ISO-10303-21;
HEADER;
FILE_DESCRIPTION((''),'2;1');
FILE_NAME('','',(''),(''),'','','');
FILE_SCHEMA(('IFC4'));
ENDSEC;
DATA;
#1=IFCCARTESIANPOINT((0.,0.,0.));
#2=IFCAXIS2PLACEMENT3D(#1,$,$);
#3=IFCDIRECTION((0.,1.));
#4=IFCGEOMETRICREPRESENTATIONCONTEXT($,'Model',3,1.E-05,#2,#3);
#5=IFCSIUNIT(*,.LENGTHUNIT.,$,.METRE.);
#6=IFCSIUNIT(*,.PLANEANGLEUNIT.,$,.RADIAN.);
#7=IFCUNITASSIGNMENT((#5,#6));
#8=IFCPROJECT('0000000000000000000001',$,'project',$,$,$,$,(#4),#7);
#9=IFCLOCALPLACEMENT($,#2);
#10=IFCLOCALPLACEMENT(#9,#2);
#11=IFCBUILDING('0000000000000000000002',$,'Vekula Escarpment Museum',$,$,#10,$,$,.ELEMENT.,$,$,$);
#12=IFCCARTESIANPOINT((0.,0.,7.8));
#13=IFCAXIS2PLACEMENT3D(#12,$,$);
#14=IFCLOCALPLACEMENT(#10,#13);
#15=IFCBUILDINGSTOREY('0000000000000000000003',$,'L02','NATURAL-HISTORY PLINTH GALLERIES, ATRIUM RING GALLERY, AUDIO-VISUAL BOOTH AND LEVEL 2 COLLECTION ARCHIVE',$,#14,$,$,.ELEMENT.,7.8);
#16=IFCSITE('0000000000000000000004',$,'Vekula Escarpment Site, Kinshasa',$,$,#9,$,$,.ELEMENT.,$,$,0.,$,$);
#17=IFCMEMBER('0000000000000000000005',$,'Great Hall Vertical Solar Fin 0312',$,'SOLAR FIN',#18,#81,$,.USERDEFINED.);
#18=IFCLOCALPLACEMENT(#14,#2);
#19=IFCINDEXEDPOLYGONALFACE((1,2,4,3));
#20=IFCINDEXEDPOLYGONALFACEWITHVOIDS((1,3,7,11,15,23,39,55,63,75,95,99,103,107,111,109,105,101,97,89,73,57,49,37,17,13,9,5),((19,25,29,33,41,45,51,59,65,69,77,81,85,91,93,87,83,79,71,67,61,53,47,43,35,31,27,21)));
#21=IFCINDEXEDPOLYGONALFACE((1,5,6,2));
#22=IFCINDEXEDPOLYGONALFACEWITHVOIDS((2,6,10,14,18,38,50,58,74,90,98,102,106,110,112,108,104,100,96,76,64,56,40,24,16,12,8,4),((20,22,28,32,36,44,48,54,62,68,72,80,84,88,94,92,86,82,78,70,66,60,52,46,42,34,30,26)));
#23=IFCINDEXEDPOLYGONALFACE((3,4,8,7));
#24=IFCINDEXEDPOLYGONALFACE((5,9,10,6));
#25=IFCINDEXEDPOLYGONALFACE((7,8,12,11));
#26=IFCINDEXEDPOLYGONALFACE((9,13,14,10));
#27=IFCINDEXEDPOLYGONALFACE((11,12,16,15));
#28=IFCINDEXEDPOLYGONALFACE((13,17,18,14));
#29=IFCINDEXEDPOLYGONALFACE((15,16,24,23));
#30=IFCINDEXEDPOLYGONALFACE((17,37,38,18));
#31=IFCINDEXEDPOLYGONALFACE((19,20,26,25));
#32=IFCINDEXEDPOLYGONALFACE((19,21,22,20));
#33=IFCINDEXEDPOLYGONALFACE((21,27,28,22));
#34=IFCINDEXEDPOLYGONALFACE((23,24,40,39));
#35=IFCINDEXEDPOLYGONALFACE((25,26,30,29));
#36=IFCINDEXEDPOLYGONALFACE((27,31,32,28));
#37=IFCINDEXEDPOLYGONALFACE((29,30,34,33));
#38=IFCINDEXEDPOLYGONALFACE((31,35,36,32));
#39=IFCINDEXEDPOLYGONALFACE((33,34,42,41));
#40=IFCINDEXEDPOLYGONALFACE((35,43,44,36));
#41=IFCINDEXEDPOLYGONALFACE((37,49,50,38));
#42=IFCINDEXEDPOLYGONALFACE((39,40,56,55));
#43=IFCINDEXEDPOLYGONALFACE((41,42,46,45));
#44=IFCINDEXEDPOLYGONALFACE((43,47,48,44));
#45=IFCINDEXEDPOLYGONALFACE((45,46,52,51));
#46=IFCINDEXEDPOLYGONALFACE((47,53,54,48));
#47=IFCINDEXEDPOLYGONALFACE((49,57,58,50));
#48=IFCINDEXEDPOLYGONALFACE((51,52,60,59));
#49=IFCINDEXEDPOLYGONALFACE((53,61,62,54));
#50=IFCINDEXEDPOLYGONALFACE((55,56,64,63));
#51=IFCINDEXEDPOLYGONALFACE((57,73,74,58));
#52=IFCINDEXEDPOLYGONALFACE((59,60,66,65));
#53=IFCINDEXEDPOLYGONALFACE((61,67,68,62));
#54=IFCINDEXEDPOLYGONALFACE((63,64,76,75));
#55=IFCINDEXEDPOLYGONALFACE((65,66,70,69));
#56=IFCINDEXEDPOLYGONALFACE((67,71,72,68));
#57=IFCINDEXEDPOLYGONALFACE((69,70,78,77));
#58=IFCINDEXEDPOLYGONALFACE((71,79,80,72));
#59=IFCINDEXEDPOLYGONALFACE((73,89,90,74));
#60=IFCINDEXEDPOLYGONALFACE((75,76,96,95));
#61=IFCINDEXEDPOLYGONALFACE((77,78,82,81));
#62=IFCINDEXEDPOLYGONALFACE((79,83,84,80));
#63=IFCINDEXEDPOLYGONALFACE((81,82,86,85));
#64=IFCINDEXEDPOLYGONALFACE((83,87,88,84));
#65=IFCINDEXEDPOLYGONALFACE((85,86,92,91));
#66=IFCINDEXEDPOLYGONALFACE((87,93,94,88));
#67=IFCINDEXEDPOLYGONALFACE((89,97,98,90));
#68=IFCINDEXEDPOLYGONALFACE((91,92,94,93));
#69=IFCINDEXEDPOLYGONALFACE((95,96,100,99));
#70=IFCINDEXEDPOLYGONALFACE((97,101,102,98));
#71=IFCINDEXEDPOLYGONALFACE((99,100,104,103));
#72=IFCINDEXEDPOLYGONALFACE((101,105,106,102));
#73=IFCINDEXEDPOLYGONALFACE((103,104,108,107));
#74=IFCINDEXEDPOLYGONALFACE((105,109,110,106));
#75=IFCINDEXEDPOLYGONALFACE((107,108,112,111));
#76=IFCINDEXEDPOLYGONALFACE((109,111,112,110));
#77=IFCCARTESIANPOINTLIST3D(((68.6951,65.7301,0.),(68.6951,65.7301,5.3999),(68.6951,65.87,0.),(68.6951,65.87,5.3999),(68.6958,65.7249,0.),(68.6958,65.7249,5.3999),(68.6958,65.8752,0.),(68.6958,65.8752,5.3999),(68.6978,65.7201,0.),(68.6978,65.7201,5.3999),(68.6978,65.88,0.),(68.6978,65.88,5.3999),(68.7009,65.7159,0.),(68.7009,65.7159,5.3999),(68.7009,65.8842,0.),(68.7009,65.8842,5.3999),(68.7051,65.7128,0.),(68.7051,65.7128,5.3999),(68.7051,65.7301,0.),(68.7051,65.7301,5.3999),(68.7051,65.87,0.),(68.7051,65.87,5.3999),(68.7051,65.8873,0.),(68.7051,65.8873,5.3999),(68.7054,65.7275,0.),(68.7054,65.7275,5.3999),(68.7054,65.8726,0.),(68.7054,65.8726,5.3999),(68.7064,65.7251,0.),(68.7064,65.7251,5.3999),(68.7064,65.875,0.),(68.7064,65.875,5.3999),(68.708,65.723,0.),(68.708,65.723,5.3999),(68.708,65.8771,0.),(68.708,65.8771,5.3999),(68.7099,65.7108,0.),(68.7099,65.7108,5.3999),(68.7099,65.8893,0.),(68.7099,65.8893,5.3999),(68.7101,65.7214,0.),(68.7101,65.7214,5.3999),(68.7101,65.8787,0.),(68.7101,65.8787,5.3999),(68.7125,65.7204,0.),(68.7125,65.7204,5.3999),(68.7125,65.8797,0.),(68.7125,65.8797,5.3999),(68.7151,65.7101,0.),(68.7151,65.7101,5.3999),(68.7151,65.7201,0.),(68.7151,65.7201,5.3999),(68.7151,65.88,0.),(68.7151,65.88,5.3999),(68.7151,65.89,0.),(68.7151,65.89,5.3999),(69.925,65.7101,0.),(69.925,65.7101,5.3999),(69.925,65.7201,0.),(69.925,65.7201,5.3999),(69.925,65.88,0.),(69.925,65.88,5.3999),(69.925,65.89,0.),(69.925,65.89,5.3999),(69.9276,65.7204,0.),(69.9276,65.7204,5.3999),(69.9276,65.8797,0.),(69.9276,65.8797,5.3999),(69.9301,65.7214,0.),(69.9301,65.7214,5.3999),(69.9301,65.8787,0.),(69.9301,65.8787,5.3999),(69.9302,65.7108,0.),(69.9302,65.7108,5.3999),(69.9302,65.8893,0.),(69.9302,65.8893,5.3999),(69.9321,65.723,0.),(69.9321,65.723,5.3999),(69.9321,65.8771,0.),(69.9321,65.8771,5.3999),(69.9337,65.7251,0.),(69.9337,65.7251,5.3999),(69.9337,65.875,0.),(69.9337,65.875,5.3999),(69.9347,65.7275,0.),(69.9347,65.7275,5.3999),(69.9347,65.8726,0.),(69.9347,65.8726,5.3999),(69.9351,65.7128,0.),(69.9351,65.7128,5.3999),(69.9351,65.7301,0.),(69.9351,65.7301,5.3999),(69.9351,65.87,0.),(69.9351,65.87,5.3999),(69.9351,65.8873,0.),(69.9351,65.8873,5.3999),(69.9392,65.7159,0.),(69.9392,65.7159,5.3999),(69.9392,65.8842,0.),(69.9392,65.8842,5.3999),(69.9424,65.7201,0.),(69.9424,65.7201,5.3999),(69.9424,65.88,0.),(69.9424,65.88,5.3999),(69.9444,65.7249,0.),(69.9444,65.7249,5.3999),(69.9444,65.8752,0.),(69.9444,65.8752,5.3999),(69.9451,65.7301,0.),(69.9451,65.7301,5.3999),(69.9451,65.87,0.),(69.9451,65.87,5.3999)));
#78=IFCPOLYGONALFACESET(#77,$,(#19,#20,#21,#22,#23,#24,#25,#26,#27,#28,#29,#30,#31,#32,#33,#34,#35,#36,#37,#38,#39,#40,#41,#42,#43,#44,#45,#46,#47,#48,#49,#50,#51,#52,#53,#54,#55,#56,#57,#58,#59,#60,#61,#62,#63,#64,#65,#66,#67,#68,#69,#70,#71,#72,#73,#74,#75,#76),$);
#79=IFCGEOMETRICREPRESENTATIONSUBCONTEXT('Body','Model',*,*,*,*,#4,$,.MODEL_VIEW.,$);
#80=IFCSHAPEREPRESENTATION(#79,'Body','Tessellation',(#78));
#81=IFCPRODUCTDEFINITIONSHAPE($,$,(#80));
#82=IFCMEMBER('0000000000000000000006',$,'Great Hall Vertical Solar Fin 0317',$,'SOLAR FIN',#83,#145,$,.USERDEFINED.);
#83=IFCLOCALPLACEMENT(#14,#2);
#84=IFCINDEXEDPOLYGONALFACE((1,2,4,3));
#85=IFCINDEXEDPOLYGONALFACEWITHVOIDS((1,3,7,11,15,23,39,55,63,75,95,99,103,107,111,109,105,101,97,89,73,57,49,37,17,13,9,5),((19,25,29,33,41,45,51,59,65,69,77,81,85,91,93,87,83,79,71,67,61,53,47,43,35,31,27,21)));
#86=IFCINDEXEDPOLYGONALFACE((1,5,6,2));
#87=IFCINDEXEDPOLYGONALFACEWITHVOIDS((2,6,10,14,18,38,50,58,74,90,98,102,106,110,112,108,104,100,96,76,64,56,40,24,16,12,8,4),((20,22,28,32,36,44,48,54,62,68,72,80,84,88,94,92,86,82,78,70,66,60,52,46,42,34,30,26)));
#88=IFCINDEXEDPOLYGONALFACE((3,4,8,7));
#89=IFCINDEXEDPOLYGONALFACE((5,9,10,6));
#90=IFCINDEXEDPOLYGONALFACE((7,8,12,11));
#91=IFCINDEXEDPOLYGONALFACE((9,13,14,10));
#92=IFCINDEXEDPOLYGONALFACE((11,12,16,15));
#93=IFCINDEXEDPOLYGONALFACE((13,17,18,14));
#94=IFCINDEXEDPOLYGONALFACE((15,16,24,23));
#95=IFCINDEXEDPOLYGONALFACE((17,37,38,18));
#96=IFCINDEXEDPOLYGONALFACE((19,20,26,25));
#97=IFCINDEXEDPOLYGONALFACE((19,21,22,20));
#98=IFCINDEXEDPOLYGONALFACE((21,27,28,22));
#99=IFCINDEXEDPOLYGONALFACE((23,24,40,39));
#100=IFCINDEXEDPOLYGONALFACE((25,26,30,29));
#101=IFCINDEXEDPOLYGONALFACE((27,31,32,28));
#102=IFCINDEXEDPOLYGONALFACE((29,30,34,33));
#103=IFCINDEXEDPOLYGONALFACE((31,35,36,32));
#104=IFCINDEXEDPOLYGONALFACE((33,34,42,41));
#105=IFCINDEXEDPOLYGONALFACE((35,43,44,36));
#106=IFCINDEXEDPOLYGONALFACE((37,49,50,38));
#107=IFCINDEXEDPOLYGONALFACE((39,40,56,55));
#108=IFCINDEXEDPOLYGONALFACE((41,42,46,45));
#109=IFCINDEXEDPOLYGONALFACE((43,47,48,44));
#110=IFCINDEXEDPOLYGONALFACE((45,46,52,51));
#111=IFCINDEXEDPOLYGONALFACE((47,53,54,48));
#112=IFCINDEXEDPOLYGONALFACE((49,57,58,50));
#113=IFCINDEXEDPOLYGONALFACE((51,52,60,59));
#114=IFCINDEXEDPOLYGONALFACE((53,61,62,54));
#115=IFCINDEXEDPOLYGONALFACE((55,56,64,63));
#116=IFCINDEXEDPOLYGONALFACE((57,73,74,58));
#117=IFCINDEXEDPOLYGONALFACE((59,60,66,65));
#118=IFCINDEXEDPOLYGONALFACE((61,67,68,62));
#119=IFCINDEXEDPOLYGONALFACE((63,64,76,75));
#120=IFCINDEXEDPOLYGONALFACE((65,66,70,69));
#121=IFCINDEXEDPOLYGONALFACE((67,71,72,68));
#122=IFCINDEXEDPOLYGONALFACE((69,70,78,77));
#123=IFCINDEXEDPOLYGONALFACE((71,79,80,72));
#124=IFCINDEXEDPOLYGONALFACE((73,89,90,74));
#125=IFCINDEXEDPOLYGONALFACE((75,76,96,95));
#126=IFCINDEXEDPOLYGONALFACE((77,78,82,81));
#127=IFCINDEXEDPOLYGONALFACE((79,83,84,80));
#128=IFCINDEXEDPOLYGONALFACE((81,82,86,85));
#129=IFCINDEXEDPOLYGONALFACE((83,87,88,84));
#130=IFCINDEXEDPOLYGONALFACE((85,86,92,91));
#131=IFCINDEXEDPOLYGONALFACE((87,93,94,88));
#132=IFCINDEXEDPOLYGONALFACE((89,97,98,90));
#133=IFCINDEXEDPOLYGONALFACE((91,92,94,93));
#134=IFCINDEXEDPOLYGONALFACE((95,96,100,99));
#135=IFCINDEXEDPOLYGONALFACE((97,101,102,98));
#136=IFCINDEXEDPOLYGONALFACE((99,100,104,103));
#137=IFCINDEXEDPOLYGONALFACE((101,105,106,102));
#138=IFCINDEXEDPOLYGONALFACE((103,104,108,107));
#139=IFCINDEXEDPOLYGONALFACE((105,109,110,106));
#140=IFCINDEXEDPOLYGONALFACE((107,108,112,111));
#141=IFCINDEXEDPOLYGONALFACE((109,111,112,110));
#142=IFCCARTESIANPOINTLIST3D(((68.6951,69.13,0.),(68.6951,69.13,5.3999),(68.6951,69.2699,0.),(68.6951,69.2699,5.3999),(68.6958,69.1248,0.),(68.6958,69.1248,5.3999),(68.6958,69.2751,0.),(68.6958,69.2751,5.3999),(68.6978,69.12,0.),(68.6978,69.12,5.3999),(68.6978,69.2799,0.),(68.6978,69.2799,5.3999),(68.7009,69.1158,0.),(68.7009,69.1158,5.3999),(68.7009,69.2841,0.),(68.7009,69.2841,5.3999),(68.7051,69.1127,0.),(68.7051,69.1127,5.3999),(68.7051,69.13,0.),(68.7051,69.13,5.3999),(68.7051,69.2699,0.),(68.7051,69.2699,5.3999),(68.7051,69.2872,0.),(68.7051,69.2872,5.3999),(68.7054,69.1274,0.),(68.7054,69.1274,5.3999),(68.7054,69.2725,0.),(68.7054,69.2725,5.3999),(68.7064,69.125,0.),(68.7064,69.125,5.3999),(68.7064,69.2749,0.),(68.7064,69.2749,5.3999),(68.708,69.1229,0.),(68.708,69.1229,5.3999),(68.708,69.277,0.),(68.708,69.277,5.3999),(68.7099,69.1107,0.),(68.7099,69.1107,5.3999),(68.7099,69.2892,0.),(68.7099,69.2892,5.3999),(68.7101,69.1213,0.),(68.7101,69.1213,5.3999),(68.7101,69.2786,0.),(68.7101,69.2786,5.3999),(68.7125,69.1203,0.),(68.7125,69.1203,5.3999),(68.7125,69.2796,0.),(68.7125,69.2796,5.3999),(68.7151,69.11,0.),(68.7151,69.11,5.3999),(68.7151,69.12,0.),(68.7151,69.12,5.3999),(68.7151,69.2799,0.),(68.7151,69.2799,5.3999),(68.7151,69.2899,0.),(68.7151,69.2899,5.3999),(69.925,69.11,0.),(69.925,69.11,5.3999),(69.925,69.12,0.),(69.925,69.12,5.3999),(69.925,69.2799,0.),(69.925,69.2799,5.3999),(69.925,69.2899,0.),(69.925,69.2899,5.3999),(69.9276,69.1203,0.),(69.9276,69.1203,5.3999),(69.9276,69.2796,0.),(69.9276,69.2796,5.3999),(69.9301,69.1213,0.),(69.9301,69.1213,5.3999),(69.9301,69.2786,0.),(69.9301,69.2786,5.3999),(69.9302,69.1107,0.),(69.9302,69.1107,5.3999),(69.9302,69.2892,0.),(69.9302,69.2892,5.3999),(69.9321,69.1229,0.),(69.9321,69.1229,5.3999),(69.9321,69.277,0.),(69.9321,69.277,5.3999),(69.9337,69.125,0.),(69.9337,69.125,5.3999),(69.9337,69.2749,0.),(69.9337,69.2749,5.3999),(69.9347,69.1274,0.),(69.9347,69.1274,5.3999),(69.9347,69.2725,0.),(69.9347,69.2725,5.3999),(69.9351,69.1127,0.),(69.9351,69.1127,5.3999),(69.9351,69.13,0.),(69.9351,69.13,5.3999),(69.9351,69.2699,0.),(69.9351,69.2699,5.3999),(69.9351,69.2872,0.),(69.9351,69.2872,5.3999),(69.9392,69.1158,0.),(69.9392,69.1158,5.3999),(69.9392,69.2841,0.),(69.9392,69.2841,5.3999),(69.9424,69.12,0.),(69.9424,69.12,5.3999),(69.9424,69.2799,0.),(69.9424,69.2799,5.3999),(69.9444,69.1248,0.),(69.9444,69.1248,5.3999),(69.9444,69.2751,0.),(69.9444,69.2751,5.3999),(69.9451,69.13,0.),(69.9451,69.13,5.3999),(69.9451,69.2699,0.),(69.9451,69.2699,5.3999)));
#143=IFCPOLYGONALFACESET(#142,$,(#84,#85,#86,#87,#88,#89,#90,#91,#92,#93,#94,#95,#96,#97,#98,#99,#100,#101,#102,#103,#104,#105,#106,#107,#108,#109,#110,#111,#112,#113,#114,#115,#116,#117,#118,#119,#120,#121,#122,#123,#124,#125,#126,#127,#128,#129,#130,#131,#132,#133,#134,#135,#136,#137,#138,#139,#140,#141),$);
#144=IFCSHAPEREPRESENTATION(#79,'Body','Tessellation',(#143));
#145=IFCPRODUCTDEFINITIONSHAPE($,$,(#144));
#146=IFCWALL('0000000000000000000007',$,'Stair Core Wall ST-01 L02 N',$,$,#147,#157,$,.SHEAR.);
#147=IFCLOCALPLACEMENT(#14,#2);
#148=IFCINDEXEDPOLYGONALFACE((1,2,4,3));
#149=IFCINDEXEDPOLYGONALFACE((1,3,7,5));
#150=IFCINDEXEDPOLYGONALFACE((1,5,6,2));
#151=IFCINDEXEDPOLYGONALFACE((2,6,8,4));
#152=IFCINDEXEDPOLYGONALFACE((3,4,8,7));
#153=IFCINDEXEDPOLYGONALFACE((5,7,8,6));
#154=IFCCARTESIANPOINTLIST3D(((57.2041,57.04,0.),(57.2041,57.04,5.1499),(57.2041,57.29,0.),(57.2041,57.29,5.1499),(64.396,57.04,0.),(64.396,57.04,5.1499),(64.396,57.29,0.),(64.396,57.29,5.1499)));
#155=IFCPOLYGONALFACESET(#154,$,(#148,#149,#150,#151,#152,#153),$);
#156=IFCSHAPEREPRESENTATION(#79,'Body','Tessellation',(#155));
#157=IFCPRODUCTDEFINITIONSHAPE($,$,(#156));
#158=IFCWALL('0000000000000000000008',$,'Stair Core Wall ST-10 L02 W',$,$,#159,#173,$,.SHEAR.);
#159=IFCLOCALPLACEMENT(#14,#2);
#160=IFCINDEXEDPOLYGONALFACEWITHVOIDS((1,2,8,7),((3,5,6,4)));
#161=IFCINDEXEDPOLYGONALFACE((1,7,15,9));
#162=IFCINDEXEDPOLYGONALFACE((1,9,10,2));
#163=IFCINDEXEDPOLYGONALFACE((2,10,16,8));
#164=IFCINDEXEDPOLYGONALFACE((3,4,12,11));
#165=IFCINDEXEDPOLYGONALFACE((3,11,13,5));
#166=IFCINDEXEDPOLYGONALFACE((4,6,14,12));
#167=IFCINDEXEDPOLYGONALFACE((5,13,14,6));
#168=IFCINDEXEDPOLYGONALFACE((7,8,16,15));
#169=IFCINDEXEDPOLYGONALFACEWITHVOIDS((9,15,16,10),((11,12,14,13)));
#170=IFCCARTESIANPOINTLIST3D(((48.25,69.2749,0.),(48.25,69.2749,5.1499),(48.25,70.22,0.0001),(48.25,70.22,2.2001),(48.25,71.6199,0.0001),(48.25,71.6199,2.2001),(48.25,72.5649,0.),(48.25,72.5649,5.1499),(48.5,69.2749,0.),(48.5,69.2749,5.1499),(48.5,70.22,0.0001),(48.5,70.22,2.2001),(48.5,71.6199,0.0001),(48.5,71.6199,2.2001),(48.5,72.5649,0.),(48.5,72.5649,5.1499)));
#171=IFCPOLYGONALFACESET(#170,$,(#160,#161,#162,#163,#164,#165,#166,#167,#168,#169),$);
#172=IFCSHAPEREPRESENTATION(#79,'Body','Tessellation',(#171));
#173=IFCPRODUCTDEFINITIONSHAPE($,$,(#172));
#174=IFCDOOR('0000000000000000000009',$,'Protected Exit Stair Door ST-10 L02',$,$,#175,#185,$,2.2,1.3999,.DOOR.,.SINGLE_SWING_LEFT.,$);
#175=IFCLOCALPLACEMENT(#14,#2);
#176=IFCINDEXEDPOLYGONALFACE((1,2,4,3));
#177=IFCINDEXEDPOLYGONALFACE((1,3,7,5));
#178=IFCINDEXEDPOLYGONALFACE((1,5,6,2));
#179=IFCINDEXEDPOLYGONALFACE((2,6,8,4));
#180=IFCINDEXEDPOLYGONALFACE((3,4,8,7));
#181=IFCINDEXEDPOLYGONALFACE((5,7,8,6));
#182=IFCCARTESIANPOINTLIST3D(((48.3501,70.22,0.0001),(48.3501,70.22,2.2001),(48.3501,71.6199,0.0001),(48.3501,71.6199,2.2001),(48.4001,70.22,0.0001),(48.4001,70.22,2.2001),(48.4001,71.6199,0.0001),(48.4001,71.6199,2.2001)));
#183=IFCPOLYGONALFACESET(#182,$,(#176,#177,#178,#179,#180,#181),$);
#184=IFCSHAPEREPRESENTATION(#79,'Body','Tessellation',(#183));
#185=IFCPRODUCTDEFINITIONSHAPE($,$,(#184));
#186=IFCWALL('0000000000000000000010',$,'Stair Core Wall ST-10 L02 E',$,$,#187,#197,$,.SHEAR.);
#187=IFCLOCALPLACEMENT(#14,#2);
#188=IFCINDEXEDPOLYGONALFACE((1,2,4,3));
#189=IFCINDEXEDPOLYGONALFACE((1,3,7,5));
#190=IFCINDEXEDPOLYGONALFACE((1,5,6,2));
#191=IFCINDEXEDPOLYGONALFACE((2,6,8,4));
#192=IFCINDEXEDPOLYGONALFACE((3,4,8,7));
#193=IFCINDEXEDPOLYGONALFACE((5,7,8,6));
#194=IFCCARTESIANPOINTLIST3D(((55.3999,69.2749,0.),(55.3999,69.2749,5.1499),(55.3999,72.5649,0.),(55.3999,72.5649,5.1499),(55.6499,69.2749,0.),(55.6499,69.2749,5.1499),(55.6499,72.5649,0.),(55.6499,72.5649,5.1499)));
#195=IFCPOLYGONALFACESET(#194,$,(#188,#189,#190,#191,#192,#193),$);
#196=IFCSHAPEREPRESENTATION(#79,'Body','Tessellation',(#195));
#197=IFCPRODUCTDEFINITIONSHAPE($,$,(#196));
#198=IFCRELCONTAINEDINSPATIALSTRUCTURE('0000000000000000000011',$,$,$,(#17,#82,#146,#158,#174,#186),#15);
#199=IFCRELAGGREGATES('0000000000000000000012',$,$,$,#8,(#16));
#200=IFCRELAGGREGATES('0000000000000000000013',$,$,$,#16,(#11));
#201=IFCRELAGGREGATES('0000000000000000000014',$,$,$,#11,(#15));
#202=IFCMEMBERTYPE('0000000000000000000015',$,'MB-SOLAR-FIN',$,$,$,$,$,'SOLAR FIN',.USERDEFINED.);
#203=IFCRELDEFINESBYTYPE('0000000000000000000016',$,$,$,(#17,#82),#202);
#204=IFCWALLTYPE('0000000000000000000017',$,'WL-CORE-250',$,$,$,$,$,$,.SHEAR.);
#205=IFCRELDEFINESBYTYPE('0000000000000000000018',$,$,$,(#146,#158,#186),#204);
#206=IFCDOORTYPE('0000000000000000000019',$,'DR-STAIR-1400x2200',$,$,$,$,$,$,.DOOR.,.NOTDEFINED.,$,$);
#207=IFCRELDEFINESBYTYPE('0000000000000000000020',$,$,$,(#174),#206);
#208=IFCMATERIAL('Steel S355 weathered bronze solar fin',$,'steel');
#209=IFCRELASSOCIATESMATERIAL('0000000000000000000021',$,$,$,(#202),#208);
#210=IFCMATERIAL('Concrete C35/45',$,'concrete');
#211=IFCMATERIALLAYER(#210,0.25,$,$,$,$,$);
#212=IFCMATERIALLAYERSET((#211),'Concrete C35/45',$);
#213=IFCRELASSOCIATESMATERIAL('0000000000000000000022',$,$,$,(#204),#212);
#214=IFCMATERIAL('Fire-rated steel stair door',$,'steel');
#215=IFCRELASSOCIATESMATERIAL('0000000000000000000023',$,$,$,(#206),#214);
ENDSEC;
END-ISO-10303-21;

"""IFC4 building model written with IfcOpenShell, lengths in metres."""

from ifc_helpers import new_model, si_unit, direction, frame, frame_2d, origin, origin_2d, place, context, subcontext, project, spatial, rectangle, hollow_rectangle, extrude, material, layer, layer_set, material_profile, profile_set, type_object, element, fill, save


model = new_model("IFC4")

# Units and contexts
model_context = context("Model", 3, precision=1e-05, world=origin(), true_north=direction((0.0, 1.0)))
body_context = subcontext(model_context, "Body", "Model", "MODEL_VIEW")
ifc_project = project(units=[si_unit("LENGTHUNIT", "METRE"), si_unit("PLANEANGLEUNIT", "RADIAN")], contexts=[model_context])

# Site, building, storey
site_placement = place(None, origin())
site = spatial("IfcSite", under=ifc_project, at=site_placement, Name="Vekula Escarpment Site, Kinshasa", CompositionType="ELEMENT", RefElevation=0.0)
building_placement = place(site_placement, origin())
building = spatial("IfcBuilding", under=site, at=building_placement, Name="Vekula Escarpment Museum", CompositionType="ELEMENT")
storey_placement = place(building_placement, frame((0.0, 0.0, 7.8)))
storey = spatial("IfcBuildingStorey", under=building, at=storey_placement, Name="L02", Description="NATURAL-HISTORY PLINTH GALLERIES, ATRIUM RING GALLERY, AUDIO-VISUAL BOOTH AND LEVEL 2 COLLECTION ARCHIVE", CompositionType="ELEMENT", Elevation=7.8)

# Members
ifc_material_1 = material(Name="Steel S355 weathered bronze solar fin", Category="steel")
ifc_material_profile_1 = material_profile(ifc_material_1, hollow_rectangle(XDim=0.1799, YDim=1.25, WallThickness=0.01, InnerFilletRadius=0.01, OuterFilletRadius=0.02, at=origin_2d()), Name="RHS 1250x180x10")
ifc_profile_set_1 = profile_set([ifc_material_profile_1], Name="Steel S355 weathered bronze solar fin")
member_type = type_object("IfcMemberType", Name="MB-SOLAR-FIN", ElementType="SOLAR FIN", PredefinedType="USERDEFINED", material=ifc_profile_set_1)
for number, where, z_axis, x_axis, name in (
    (1, (69.3201, 65.8, 0.0), (0.0, 0.0, 1.0), (0.0, 1.0, 0.0), "Great Hall Vertical Solar Fin 0312"),
    (2, (69.3201, 69.2, 0.0), (0.0, 0.0, 1.0), (0.0, 1.0, 0.0), "Great Hall Vertical Solar Fin 0317"),
):
    element("IfcMember", number, at=place(storey_placement, frame(where, z_axis=z_axis, x_axis=x_axis)), inside=storey, type_object=member_type, Name=name, ObjectType="SOLAR FIN", PredefinedType="USERDEFINED", context=body_context, shape_type="SweptSolid", body=[
        extrude(hollow_rectangle(XDim=0.1799, YDim=1.25, WallThickness=0.01, InnerFilletRadius=0.01, OuterFilletRadius=0.02, at=origin_2d()), origin(), (0.0, 0.0, 1.0), 5.3999),
    ])

# Wall
ifc_material_2 = material(Name="Concrete C35/45", Category="concrete")
ifc_layer_1 = layer(ifc_material_2, 0.25)
ifc_layer_set_1 = layer_set([ifc_layer_1], Name="Concrete C35/45")
wall_type_1 = type_object("IfcWallType", Name="WL-CORE-250", PredefinedType="SHEAR", material=ifc_layer_set_1)
wall_1_placement = place(storey_placement, frame((57.2041, 57.165, 0.0), z_axis=(0.0, 0.0, 1.0), x_axis=(1.0, 0.0, 0.0)))
element("IfcWall", 3, at=wall_1_placement, inside=storey, type_object=wall_type_1, Name="Stair Core Wall ST-01 L02 N", PredefinedType="SHEAR", context=body_context, shape_type="SweptSolid", body=[
    extrude(rectangle(XDim=7.1919, YDim=0.25, at=frame_2d((3.5959, 0.0))), origin(), (0.0, 0.0, 1.0), 5.1499),
])

# Wall, opening, door
wall_2_placement = place(storey_placement, frame((48.375, 69.2749, 0.0), z_axis=(0.0, 0.0, 1.0), x_axis=(0.0, 1.0, 0.0)))
wall_2 = element("IfcWall", 4, at=wall_2_placement, inside=storey, type_object=wall_type_1, Name="Stair Core Wall ST-10 L02 W", PredefinedType="SHEAR", context=body_context, shape_type="SweptSolid", body=[
    extrude(rectangle(XDim=3.29, YDim=0.25, at=frame_2d((1.645, 0.0))), origin(), (0.0, 0.0, 1.0), 5.1499),
])
opening_1_placement = place(wall_2_placement, frame((0.9451, 0.0, 0.0)))
opening_1 = element("IfcOpeningElement", 5, at=opening_1_placement, cuts=wall_2, PredefinedType="OPENING", context=body_context, shape_type="SweptSolid", body=[
    extrude(rectangle(XDim=1.3999, YDim=2.2, at=frame_2d((0.7, 1.1001))), frame((0.0, 0.135, 0.0), z_axis=(0.0, -1.0, 0.0), x_axis=(1.0, 0.0, 0.0)), (0.0, 0.0, 1.0), 0.27),
])
ifc_material_3 = material(Name="Fire-rated steel stair door", Category="steel")
door_type_1 = type_object("IfcDoorType", Name="DR-STAIR-1400x2200", OperationType="NOTDEFINED", PredefinedType="DOOR", material=ifc_material_3)
door_1_placement = place(opening_1_placement, origin())
door_1 = element("IfcDoor", 6, at=door_1_placement, inside=storey, type_object=door_type_1, Name="Protected Exit Stair Door ST-10 L02", OperationType="SINGLE_SWING_LEFT", OverallHeight=2.2, OverallWidth=1.3999, PredefinedType="DOOR", context=body_context, shape_type="SweptSolid", body=[
    extrude(rectangle(XDim=1.3999, YDim=2.2, at=frame_2d((0.7, 1.1001))), frame((0.0, 0.0249, 0.0), z_axis=(0.0, -1.0, 0.0), x_axis=(1.0, 0.0, 0.0)), (0.0, 0.0, 1.0), 0.05),
])
fill(opening_1, door_1)

# Wall
wall_3_placement = place(storey_placement, frame((55.5249, 69.2749, 0.0), z_axis=(0.0, 0.0, 1.0), x_axis=(0.0, 1.0, 0.0)))
element("IfcWall", 7, at=wall_3_placement, inside=storey, type_object=wall_type_1, Name="Stair Core Wall ST-10 L02 E", PredefinedType="SHEAR", context=body_context, shape_type="SweptSolid", body=[
    extrude(rectangle(XDim=3.29, YDim=0.25, at=frame_2d((1.645, 0.0))), origin(), (0.0, 0.0, 1.0), 5.1499),
])

save(model, "model.ifc")
